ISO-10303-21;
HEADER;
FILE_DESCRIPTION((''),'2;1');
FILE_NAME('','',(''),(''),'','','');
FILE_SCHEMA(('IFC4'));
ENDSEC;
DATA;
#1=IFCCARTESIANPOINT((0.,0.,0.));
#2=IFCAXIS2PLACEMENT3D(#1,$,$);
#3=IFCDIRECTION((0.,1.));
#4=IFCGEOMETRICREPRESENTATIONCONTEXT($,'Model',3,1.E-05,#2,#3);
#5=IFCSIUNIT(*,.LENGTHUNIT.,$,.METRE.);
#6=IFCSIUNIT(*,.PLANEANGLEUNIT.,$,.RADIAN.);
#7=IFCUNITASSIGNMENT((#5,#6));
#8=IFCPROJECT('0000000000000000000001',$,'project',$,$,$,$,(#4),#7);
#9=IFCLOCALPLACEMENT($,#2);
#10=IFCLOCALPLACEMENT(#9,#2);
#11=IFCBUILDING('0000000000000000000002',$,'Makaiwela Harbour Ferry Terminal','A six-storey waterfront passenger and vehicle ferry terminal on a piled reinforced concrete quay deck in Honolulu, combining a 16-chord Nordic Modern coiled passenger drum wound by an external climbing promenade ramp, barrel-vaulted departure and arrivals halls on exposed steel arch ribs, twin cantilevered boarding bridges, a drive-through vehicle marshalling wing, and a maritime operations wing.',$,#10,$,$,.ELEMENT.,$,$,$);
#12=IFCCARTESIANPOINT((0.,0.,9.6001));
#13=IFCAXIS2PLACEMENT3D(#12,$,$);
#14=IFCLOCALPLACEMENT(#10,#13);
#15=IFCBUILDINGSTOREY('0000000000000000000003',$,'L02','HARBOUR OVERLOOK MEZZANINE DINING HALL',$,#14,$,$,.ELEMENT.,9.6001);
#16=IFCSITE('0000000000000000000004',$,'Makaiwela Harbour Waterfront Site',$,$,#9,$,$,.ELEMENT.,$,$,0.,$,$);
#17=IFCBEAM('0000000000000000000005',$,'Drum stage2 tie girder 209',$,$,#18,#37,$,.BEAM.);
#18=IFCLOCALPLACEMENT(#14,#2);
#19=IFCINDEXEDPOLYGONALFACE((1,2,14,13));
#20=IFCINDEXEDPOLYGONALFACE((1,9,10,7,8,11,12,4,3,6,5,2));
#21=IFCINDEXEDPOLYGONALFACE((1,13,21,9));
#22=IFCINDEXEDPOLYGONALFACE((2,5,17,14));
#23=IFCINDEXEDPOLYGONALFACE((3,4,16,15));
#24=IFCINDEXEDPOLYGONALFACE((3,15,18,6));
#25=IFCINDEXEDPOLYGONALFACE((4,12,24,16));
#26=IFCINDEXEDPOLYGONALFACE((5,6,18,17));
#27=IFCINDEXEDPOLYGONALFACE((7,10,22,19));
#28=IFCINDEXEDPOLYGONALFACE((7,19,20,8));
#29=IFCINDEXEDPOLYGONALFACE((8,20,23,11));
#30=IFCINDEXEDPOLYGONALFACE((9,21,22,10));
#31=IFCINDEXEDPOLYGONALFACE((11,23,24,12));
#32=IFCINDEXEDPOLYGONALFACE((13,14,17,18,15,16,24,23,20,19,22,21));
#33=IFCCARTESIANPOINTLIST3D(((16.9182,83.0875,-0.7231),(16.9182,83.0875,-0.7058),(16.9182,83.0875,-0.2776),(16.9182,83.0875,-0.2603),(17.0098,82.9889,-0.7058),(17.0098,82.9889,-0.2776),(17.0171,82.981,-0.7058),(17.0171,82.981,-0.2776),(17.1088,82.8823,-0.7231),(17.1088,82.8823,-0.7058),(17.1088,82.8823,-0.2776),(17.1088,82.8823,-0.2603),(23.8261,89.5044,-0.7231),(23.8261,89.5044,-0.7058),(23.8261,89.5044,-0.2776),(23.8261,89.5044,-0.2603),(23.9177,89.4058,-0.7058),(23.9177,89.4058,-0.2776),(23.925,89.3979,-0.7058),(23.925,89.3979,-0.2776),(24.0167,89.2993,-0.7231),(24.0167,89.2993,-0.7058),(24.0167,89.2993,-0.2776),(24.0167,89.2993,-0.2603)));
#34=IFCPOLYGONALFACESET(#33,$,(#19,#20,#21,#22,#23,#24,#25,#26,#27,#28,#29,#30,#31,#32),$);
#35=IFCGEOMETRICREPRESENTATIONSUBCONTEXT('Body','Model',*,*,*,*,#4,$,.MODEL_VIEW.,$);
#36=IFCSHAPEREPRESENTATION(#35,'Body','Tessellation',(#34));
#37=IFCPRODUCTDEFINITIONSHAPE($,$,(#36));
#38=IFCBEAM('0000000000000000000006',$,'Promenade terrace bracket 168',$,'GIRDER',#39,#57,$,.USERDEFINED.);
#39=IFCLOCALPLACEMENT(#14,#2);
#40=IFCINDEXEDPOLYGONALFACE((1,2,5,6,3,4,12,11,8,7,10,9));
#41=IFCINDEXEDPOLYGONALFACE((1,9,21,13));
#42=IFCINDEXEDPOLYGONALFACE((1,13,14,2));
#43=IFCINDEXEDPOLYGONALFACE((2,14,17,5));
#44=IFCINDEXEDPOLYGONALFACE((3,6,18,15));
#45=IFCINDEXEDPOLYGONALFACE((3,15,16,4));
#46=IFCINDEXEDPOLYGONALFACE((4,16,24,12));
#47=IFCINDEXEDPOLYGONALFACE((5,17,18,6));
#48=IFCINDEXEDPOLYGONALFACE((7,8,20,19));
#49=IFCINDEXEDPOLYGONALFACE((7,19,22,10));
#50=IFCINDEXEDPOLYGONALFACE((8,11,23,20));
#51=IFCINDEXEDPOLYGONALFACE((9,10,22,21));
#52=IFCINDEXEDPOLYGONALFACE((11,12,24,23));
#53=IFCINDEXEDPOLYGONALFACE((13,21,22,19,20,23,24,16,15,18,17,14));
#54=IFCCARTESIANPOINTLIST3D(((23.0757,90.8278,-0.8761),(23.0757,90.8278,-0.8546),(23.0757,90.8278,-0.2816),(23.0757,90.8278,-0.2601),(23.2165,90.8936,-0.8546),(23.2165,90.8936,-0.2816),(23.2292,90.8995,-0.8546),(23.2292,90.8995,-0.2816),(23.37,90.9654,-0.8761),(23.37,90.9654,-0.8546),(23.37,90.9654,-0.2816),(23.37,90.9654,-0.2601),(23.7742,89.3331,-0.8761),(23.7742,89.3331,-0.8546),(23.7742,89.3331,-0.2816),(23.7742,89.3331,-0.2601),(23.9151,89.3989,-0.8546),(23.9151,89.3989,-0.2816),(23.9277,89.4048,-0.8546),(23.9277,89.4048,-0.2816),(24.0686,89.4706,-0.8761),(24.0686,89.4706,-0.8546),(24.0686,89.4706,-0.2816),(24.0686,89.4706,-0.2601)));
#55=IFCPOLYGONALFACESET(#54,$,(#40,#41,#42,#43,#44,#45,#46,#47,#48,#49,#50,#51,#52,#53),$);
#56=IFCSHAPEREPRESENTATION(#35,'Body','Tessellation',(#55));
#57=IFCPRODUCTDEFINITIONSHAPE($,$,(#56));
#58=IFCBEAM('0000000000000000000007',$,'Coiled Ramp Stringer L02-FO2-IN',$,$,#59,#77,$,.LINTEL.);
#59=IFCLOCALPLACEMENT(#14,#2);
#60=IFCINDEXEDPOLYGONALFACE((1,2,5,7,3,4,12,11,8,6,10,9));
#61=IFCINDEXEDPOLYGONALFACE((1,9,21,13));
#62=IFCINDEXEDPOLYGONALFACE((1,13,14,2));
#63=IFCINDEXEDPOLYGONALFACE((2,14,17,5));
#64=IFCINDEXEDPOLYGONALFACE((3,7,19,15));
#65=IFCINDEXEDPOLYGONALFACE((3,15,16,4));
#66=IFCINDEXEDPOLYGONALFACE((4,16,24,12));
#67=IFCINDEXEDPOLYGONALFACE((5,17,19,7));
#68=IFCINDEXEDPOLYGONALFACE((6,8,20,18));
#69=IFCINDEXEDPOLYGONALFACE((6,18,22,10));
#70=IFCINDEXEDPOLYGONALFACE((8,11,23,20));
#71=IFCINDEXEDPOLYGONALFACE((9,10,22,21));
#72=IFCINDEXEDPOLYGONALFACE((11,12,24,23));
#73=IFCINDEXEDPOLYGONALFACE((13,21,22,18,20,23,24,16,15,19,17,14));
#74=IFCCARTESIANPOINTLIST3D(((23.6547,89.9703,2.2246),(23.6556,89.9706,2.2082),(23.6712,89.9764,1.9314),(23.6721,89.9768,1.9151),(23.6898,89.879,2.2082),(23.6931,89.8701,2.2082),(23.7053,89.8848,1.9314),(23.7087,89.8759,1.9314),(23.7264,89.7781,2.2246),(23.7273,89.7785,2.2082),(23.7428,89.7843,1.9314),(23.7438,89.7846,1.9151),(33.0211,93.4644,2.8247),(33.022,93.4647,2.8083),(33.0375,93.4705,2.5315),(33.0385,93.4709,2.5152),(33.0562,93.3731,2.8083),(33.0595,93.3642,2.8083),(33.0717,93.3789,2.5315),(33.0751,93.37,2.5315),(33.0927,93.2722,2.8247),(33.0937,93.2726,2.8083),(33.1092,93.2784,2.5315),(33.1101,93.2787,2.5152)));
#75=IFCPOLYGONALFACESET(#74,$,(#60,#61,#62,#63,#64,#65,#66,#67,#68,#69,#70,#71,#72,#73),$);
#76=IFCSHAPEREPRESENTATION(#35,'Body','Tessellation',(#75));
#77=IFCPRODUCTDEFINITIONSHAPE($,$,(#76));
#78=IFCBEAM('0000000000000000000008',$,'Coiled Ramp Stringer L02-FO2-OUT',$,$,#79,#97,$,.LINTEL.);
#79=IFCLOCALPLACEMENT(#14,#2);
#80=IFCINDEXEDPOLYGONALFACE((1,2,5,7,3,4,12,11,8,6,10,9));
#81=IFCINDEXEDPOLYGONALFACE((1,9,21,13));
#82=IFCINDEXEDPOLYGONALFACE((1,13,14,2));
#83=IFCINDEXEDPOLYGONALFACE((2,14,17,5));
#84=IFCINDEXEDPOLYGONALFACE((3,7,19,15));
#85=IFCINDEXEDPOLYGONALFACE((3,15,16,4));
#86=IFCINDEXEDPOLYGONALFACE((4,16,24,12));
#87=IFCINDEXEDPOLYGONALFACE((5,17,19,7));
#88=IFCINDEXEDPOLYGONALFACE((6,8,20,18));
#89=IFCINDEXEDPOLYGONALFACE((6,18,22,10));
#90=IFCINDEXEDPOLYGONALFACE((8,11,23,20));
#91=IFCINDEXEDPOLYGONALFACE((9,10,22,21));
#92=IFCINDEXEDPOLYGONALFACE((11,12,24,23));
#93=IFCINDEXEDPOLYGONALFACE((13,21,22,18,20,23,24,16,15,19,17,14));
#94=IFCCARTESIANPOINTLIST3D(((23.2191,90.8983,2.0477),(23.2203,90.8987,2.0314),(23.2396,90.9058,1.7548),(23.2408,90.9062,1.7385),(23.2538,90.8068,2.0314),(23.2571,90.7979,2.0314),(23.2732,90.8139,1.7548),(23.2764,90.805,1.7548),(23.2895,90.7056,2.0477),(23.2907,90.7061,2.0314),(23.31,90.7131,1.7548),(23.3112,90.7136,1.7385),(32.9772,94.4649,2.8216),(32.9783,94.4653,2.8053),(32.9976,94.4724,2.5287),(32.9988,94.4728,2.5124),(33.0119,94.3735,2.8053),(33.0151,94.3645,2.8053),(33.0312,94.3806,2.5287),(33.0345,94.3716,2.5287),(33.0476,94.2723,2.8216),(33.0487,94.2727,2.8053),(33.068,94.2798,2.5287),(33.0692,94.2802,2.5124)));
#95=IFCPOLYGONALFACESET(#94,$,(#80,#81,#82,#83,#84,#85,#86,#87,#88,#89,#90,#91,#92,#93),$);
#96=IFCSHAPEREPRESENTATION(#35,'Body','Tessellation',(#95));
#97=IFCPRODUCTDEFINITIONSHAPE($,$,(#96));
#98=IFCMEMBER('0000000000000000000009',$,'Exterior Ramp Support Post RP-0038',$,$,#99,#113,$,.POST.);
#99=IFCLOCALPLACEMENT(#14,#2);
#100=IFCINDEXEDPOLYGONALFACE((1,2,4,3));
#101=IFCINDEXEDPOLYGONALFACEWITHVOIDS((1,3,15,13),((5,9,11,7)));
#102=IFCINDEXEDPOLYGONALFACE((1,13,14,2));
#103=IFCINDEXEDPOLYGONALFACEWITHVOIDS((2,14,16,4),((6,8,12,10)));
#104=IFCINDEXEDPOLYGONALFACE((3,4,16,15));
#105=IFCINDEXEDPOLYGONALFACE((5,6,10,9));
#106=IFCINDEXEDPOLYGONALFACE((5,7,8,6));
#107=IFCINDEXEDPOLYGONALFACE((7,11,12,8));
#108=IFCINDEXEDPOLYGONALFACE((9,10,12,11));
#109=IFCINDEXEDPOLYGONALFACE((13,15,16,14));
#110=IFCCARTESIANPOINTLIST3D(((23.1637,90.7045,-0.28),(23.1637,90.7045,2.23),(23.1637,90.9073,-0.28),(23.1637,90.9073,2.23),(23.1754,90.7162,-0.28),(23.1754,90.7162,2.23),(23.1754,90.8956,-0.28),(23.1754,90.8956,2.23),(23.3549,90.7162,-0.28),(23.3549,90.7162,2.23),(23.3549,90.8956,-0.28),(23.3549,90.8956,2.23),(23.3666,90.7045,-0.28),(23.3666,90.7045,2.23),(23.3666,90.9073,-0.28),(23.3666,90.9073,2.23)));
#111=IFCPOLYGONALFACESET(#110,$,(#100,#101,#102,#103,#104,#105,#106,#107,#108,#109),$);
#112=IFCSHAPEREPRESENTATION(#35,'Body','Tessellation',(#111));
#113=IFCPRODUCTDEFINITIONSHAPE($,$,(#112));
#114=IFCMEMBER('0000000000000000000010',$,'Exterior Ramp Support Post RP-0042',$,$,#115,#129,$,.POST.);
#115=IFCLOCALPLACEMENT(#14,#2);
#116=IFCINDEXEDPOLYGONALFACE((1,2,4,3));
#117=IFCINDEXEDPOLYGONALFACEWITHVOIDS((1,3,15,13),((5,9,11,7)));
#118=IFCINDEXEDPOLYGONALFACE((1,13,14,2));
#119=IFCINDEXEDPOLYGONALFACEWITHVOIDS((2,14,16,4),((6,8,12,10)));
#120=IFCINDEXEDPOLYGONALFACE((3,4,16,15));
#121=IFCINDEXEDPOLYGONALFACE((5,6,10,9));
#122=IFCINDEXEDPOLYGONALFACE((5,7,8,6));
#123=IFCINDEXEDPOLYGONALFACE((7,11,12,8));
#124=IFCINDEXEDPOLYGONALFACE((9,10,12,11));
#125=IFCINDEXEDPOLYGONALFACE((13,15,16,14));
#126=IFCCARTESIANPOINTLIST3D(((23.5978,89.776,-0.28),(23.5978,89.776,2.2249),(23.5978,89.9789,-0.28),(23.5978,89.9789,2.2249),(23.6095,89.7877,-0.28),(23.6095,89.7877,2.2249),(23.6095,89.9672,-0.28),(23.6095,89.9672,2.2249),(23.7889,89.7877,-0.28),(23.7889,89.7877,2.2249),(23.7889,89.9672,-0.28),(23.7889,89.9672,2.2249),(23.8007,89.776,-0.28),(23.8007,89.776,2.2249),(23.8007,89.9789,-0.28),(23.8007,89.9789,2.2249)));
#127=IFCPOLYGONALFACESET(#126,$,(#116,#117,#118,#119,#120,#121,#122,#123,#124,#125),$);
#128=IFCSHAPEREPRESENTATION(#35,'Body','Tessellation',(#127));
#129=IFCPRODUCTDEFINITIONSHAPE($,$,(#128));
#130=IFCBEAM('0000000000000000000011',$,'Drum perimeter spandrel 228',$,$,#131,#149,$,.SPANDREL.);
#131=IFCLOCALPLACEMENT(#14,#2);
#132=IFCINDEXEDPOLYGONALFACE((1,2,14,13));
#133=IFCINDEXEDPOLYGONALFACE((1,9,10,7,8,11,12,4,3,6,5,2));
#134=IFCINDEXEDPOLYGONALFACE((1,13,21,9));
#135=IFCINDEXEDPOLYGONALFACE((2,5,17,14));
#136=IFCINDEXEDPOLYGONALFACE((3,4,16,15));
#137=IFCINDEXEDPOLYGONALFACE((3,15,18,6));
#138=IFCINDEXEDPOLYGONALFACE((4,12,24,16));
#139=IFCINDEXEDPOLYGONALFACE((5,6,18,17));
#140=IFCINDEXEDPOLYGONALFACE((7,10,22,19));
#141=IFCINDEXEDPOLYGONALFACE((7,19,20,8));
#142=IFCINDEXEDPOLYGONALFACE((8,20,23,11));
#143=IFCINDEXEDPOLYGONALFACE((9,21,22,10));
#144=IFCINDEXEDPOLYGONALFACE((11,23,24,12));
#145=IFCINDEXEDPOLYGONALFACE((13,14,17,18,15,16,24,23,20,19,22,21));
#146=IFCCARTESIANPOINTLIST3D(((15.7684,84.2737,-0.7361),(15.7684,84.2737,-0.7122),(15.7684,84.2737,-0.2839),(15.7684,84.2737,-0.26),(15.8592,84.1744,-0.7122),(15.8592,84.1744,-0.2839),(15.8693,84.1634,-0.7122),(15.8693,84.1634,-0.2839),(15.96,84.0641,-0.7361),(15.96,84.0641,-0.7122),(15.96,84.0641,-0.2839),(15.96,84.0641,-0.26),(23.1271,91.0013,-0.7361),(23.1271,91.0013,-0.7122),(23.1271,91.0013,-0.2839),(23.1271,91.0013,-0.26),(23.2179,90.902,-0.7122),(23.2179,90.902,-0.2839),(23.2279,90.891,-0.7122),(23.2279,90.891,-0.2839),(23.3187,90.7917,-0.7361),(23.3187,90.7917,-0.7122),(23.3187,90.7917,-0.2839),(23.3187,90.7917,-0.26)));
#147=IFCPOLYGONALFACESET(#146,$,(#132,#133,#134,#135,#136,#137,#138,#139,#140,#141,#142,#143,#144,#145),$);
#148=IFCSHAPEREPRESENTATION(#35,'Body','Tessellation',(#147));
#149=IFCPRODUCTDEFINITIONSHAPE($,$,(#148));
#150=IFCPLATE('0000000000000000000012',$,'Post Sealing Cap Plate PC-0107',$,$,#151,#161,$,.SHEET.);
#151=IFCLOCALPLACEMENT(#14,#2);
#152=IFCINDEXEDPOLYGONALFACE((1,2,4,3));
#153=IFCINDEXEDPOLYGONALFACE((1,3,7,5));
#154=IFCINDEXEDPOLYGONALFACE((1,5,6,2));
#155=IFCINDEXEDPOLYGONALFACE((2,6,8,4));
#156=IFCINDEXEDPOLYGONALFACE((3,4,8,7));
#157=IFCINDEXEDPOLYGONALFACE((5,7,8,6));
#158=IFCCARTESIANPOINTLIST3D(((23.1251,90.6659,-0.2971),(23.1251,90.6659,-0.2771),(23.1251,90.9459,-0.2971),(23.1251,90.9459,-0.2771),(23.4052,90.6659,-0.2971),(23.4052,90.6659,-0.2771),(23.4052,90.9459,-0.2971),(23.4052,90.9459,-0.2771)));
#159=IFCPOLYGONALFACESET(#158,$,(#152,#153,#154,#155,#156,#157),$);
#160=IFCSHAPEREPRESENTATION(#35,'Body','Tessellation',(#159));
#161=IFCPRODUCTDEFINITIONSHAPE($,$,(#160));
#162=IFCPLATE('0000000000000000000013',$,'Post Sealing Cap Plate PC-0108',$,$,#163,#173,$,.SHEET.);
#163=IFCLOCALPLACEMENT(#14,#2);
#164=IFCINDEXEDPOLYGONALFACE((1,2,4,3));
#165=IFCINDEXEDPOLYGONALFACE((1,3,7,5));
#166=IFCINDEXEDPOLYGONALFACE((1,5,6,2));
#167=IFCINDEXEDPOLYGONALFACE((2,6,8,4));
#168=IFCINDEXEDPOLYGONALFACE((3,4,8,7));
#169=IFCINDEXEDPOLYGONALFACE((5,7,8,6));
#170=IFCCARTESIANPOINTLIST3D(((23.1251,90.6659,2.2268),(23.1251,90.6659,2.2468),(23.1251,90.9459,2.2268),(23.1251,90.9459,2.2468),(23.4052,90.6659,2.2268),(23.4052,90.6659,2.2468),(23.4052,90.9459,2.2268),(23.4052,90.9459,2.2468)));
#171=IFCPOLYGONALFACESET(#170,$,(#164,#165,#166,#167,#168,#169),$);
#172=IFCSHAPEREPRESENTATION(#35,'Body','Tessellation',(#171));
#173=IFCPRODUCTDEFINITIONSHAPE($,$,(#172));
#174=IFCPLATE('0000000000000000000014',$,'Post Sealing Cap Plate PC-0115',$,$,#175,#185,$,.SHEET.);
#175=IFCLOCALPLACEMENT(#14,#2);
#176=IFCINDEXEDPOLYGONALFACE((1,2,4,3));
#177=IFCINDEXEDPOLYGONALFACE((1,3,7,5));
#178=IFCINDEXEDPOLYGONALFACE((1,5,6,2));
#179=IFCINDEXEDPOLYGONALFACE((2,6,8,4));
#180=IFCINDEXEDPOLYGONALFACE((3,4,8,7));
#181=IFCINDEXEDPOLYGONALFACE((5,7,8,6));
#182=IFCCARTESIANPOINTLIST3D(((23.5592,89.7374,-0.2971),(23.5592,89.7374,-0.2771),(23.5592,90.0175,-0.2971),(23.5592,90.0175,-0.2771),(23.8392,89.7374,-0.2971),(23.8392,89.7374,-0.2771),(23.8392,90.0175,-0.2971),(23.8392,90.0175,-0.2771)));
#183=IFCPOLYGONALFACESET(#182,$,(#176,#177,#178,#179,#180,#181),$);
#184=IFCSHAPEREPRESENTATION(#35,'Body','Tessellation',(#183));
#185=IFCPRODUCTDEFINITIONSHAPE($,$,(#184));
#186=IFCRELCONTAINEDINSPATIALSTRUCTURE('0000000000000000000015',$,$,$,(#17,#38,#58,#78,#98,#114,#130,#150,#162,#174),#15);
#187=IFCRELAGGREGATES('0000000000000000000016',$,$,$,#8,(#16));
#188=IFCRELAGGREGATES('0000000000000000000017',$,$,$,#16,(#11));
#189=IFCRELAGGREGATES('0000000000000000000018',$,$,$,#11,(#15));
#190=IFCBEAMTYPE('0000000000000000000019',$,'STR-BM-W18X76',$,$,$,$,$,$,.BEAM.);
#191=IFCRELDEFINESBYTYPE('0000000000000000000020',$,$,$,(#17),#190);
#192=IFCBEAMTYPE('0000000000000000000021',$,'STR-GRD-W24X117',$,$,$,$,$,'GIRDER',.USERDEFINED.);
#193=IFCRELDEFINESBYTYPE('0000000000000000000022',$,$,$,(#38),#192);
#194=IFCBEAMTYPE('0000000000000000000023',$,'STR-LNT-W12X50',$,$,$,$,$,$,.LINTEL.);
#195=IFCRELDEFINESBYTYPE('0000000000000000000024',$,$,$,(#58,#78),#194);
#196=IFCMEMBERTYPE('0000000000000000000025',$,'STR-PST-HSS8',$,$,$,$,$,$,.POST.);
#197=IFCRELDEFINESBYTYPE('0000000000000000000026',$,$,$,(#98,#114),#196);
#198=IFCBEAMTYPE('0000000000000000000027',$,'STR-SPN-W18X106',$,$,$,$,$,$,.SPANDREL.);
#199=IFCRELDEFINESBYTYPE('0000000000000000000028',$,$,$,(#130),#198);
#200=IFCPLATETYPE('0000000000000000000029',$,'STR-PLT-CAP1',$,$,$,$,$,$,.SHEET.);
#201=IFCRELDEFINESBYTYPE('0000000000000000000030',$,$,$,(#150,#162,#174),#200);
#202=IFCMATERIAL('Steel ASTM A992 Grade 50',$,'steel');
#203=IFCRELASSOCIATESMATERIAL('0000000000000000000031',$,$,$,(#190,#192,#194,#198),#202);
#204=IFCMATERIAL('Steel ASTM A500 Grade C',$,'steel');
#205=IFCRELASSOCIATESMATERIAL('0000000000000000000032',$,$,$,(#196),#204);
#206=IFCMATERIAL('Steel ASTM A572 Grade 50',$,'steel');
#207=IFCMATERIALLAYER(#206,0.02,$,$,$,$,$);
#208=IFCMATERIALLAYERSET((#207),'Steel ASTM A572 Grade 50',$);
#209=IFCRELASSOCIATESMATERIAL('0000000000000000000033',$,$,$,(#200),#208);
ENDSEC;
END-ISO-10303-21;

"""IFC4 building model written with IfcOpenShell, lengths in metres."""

from ifc_helpers import new_model, si_unit, direction, frame, origin, origin_2d, place, context, subcontext, project, spatial, rectangle, hollow_rectangle, i_section, extrude, material, layer, layer_set, material_profile, profile_set, type_object, element, save


model = new_model("IFC4")

# Units and contexts
model_context = context("Model", 3, precision=1e-05, world=origin(), true_north=direction((0.0, 1.0)))
body_context = subcontext(model_context, "Body", "Model", "MODEL_VIEW")
ifc_project = project(units=[si_unit("LENGTHUNIT", "METRE"), si_unit("PLANEANGLEUNIT", "RADIAN")], contexts=[model_context])

# Site, building, storey
site_placement = place(None, origin())
site = spatial("IfcSite", under=ifc_project, at=site_placement, Name="Makaiwela Harbour Waterfront Site", CompositionType="ELEMENT", RefElevation=0.0)
building_placement = place(site_placement, origin())
building = spatial("IfcBuilding", under=site, at=building_placement, Name="Makaiwela Harbour Ferry Terminal", Description="A six-storey waterfront passenger and vehicle ferry terminal on a piled reinforced concrete quay deck in Honolulu, combining a 16-chord Nordic Modern coiled passenger drum wound by an external climbing promenade ramp, barrel-vaulted departure and arrivals halls on exposed steel arch ribs, twin cantilevered boarding bridges, a drive-through vehicle marshalling wing, and a maritime operations wing.", CompositionType="ELEMENT")
storey_placement = place(building_placement, frame((0.0, 0.0, 9.6001)))
storey = spatial("IfcBuildingStorey", under=building, at=storey_placement, Name="L02", Description="HARBOUR OVERLOOK MEZZANINE DINING HALL", CompositionType="ELEMENT", Elevation=9.6001)

# Beams
ifc_material_1 = material(Name="Steel ASTM A992 Grade 50", Category="steel")
ifc_material_profile_1 = material_profile(ifc_material_1, i_section(OverallWidth=0.28, OverallDepth=0.4629, WebThickness=0.0107, FlangeThickness=0.0173, at=origin_2d()), Name="W18X76")
ifc_profile_set_1 = profile_set([ifc_material_profile_1], Name="Steel ASTM A992 Grade 50")
beam_type_1 = type_object("IfcBeamType", Name="STR-BM-W18X76", PredefinedType="BEAM", material=ifc_profile_set_1)
beam_1_placement = place(storey_placement, frame((23.9214, 89.4019, -0.4917), z_axis=(-0.732663, -0.680591, 0.0), x_axis=(0.680591, -0.732663, 0.0)))
element("IfcBeam", 1, at=beam_1_placement, inside=storey, type_object=beam_type_1, Name="Drum stage2 tie girder 209", PredefinedType="BEAM", context=body_context, shape_type="SweptSolid", body=[
    extrude(i_section(OverallWidth=0.28, OverallDepth=0.4629, WebThickness=0.0107, FlangeThickness=0.0173, at=origin_2d()), origin(), (0.0, 0.0, 1.0), 9.4285),
])
ifc_material_profile_2 = material_profile(ifc_material_1, i_section(OverallWidth=0.325, OverallDepth=0.616, WebThickness=0.0139, FlangeThickness=0.0215, at=origin_2d()), Name="W24X117")
ifc_profile_set_2 = profile_set([ifc_material_profile_2], Name="Steel ASTM A992 Grade 50")
beam_type_2 = type_object("IfcBeamType", Name="STR-GRD-W24X117", ElementType="GIRDER", PredefinedType="USERDEFINED", material=ifc_profile_set_2)
beam_2_placement = place(storey_placement, frame((23.9214, 89.4019, -0.5681), z_axis=(-0.42338, 0.905952, 0.0), x_axis=(-0.905952, -0.42338, 0.0)))
element("IfcBeam", 2, at=beam_2_placement, inside=storey, type_object=beam_type_2, Name="Promenade terrace bracket 168", ObjectType="GIRDER", PredefinedType="USERDEFINED", context=body_context, shape_type="SweptSolid", body=[
    extrude(i_section(OverallWidth=0.325, OverallDepth=0.616, WebThickness=0.0139, FlangeThickness=0.0215, at=origin_2d()), origin(), (0.0, 0.0, 1.0), 1.6499),
])
ifc_material_profile_3 = material_profile(ifc_material_1, i_section(OverallWidth=0.2051, OverallDepth=0.3101, WebThickness=0.0095, FlangeThickness=0.0164, at=origin_2d()), Name="W12X50")
ifc_profile_set_3 = profile_set([ifc_material_profile_3], Name="Steel ASTM A992 Grade 50")
beam_type_3 = type_object("IfcBeamType", Name="STR-LNT-W12X50", PredefinedType="LINTEL", material=ifc_profile_set_3)
beam_3_placement = place(storey_placement, frame((23.6992, 89.8774, 2.0698), z_axis=(0.935245, 0.348892, 0.05992), x_axis=(-0.34952, 0.936929, 0.0)))
element("IfcBeam", 3, at=beam_3_placement, inside=storey, type_object=beam_type_3, Name="Coiled Ramp Stringer L02-FO2-IN", PredefinedType="LINTEL", context=body_context, shape_type="SweptSolid", body=[
    extrude(i_section(OverallWidth=0.2051, OverallDepth=0.3101, WebThickness=0.0095, FlangeThickness=0.0164, at=origin_2d()), origin(), (0.0, 0.0, 1.0), 10.0149),
])
beam_4_placement = place(storey_placement, frame((23.2651, 90.8059, 1.8931), z_axis=(0.936632, 0.342347, 0.074286), x_axis=(-0.343295, 0.939227, 0.0)))
element("IfcBeam", 4, at=beam_4_placement, inside=storey, type_object=beam_type_3, Name="Coiled Ramp Stringer L02-FO2-OUT", PredefinedType="LINTEL", context=body_context, shape_type="SweptSolid", body=[
    extrude(i_section(OverallWidth=0.2051, OverallDepth=0.3101, WebThickness=0.0095, FlangeThickness=0.0164, at=origin_2d()), origin(), (0.0, 0.0, 1.0), 10.4182),
])

# Members
ifc_material_2 = material(Name="Steel ASTM A500 Grade C", Category="steel")
ifc_material_profile_4 = material_profile(ifc_material_2, hollow_rectangle(XDim=0.2029, YDim=0.2029, WallThickness=0.0117, at=origin_2d()), Name="HSS8X8X1/2")
ifc_profile_set_4 = profile_set([ifc_material_profile_4], Name="Steel ASTM A500 Grade C")
member_type = type_object("IfcMemberType", Name="STR-PST-HSS8", PredefinedType="POST", material=ifc_profile_set_4)
member_1_placement = place(storey_placement, frame((23.2651, 90.8059, -0.28), z_axis=(0.0, 0.0, 1.0), x_axis=(1.0, 0.0, 0.0)))
element("IfcMember", 5, at=member_1_placement, inside=storey, type_object=member_type, Name="Exterior Ramp Support Post RP-0038", PredefinedType="POST", context=body_context, shape_type="SweptSolid", body=[
    extrude(hollow_rectangle(XDim=0.2029, YDim=0.2029, WallThickness=0.0117, at=origin_2d()), origin(), (0.0, 0.0, 1.0), 2.51),
])
member_2_placement = place(storey_placement, frame((23.6992, 89.8774, -0.28), z_axis=(0.0, 0.0, 1.0), x_axis=(1.0, 0.0, 0.0)))
element("IfcMember", 6, at=member_2_placement, inside=storey, type_object=member_type, Name="Exterior Ramp Support Post RP-0042", PredefinedType="POST", context=body_context, shape_type="SweptSolid", body=[
    extrude(hollow_rectangle(XDim=0.2029, YDim=0.2029, WallThickness=0.0117, at=origin_2d()), origin(), (0.0, 0.0, 1.0), 2.5049),
])

# Beam
ifc_material_profile_5 = material_profile(ifc_material_1, i_section(OverallWidth=0.2839, OverallDepth=0.4761, WebThickness=0.0149, FlangeThickness=0.0239, at=origin_2d()), Name="W18X106")
ifc_profile_set_5 = profile_set([ifc_material_profile_5], Name="Steel ASTM A992 Grade 50")
beam_type_4 = type_object("IfcBeamType", Name="STR-SPN-W18X106", PredefinedType="SPANDREL", material=ifc_profile_set_5)
beam_5_placement = place(storey_placement, frame((23.2229, 90.8965, -0.498), z_axis=(-0.738047, -0.674749, 0.0), x_axis=(0.674749, -0.738047, 0.0)))
element("IfcBeam", 7, at=beam_5_placement, inside=storey, type_object=beam_type_4, Name="Drum perimeter spandrel 228", PredefinedType="SPANDREL", context=body_context, shape_type="SweptSolid", body=[
    extrude(i_section(OverallWidth=0.2839, OverallDepth=0.4761, WebThickness=0.0149, FlangeThickness=0.0239, at=origin_2d()), origin(), (0.0, 0.0, 1.0), 9.9705),
])

# Plates
ifc_material_3 = material(Name="Steel ASTM A572 Grade 50", Category="steel")
ifc_layer_1 = layer(ifc_material_3, 0.02)
ifc_layer_set_1 = layer_set([ifc_layer_1], Name="Steel ASTM A572 Grade 50")
plate_type = type_object("IfcPlateType", Name="STR-PLT-CAP1", PredefinedType="SHEET", material=ifc_layer_set_1)
for number, where, z_axis, x_axis, name in (
    (8, (23.2651, 90.8059, -0.2971), (0.0, 0.0, 1.0), (1.0, 0.0, 0.0), "Post Sealing Cap Plate PC-0107"),
    (9, (23.2651, 90.8059, 2.2268), (0.0, 0.0, 1.0), (1.0, 0.0, 0.0), "Post Sealing Cap Plate PC-0108"),
    (10, (23.6992, 89.8774, -0.2971), (0.0, 0.0, 1.0), (1.0, 0.0, 0.0), "Post Sealing Cap Plate PC-0115"),
):
    element("IfcPlate", number, at=place(storey_placement, frame(where, z_axis=z_axis, x_axis=x_axis)), inside=storey, type_object=plate_type, Name=name, PredefinedType="SHEET", context=body_context, shape_type="SweptSolid", body=[
        extrude(rectangle(XDim=0.28, YDim=0.28, at=origin_2d()), origin(), (0.0, 0.0, 1.0), 0.02),
    ])

save(model, "model.ifc")
